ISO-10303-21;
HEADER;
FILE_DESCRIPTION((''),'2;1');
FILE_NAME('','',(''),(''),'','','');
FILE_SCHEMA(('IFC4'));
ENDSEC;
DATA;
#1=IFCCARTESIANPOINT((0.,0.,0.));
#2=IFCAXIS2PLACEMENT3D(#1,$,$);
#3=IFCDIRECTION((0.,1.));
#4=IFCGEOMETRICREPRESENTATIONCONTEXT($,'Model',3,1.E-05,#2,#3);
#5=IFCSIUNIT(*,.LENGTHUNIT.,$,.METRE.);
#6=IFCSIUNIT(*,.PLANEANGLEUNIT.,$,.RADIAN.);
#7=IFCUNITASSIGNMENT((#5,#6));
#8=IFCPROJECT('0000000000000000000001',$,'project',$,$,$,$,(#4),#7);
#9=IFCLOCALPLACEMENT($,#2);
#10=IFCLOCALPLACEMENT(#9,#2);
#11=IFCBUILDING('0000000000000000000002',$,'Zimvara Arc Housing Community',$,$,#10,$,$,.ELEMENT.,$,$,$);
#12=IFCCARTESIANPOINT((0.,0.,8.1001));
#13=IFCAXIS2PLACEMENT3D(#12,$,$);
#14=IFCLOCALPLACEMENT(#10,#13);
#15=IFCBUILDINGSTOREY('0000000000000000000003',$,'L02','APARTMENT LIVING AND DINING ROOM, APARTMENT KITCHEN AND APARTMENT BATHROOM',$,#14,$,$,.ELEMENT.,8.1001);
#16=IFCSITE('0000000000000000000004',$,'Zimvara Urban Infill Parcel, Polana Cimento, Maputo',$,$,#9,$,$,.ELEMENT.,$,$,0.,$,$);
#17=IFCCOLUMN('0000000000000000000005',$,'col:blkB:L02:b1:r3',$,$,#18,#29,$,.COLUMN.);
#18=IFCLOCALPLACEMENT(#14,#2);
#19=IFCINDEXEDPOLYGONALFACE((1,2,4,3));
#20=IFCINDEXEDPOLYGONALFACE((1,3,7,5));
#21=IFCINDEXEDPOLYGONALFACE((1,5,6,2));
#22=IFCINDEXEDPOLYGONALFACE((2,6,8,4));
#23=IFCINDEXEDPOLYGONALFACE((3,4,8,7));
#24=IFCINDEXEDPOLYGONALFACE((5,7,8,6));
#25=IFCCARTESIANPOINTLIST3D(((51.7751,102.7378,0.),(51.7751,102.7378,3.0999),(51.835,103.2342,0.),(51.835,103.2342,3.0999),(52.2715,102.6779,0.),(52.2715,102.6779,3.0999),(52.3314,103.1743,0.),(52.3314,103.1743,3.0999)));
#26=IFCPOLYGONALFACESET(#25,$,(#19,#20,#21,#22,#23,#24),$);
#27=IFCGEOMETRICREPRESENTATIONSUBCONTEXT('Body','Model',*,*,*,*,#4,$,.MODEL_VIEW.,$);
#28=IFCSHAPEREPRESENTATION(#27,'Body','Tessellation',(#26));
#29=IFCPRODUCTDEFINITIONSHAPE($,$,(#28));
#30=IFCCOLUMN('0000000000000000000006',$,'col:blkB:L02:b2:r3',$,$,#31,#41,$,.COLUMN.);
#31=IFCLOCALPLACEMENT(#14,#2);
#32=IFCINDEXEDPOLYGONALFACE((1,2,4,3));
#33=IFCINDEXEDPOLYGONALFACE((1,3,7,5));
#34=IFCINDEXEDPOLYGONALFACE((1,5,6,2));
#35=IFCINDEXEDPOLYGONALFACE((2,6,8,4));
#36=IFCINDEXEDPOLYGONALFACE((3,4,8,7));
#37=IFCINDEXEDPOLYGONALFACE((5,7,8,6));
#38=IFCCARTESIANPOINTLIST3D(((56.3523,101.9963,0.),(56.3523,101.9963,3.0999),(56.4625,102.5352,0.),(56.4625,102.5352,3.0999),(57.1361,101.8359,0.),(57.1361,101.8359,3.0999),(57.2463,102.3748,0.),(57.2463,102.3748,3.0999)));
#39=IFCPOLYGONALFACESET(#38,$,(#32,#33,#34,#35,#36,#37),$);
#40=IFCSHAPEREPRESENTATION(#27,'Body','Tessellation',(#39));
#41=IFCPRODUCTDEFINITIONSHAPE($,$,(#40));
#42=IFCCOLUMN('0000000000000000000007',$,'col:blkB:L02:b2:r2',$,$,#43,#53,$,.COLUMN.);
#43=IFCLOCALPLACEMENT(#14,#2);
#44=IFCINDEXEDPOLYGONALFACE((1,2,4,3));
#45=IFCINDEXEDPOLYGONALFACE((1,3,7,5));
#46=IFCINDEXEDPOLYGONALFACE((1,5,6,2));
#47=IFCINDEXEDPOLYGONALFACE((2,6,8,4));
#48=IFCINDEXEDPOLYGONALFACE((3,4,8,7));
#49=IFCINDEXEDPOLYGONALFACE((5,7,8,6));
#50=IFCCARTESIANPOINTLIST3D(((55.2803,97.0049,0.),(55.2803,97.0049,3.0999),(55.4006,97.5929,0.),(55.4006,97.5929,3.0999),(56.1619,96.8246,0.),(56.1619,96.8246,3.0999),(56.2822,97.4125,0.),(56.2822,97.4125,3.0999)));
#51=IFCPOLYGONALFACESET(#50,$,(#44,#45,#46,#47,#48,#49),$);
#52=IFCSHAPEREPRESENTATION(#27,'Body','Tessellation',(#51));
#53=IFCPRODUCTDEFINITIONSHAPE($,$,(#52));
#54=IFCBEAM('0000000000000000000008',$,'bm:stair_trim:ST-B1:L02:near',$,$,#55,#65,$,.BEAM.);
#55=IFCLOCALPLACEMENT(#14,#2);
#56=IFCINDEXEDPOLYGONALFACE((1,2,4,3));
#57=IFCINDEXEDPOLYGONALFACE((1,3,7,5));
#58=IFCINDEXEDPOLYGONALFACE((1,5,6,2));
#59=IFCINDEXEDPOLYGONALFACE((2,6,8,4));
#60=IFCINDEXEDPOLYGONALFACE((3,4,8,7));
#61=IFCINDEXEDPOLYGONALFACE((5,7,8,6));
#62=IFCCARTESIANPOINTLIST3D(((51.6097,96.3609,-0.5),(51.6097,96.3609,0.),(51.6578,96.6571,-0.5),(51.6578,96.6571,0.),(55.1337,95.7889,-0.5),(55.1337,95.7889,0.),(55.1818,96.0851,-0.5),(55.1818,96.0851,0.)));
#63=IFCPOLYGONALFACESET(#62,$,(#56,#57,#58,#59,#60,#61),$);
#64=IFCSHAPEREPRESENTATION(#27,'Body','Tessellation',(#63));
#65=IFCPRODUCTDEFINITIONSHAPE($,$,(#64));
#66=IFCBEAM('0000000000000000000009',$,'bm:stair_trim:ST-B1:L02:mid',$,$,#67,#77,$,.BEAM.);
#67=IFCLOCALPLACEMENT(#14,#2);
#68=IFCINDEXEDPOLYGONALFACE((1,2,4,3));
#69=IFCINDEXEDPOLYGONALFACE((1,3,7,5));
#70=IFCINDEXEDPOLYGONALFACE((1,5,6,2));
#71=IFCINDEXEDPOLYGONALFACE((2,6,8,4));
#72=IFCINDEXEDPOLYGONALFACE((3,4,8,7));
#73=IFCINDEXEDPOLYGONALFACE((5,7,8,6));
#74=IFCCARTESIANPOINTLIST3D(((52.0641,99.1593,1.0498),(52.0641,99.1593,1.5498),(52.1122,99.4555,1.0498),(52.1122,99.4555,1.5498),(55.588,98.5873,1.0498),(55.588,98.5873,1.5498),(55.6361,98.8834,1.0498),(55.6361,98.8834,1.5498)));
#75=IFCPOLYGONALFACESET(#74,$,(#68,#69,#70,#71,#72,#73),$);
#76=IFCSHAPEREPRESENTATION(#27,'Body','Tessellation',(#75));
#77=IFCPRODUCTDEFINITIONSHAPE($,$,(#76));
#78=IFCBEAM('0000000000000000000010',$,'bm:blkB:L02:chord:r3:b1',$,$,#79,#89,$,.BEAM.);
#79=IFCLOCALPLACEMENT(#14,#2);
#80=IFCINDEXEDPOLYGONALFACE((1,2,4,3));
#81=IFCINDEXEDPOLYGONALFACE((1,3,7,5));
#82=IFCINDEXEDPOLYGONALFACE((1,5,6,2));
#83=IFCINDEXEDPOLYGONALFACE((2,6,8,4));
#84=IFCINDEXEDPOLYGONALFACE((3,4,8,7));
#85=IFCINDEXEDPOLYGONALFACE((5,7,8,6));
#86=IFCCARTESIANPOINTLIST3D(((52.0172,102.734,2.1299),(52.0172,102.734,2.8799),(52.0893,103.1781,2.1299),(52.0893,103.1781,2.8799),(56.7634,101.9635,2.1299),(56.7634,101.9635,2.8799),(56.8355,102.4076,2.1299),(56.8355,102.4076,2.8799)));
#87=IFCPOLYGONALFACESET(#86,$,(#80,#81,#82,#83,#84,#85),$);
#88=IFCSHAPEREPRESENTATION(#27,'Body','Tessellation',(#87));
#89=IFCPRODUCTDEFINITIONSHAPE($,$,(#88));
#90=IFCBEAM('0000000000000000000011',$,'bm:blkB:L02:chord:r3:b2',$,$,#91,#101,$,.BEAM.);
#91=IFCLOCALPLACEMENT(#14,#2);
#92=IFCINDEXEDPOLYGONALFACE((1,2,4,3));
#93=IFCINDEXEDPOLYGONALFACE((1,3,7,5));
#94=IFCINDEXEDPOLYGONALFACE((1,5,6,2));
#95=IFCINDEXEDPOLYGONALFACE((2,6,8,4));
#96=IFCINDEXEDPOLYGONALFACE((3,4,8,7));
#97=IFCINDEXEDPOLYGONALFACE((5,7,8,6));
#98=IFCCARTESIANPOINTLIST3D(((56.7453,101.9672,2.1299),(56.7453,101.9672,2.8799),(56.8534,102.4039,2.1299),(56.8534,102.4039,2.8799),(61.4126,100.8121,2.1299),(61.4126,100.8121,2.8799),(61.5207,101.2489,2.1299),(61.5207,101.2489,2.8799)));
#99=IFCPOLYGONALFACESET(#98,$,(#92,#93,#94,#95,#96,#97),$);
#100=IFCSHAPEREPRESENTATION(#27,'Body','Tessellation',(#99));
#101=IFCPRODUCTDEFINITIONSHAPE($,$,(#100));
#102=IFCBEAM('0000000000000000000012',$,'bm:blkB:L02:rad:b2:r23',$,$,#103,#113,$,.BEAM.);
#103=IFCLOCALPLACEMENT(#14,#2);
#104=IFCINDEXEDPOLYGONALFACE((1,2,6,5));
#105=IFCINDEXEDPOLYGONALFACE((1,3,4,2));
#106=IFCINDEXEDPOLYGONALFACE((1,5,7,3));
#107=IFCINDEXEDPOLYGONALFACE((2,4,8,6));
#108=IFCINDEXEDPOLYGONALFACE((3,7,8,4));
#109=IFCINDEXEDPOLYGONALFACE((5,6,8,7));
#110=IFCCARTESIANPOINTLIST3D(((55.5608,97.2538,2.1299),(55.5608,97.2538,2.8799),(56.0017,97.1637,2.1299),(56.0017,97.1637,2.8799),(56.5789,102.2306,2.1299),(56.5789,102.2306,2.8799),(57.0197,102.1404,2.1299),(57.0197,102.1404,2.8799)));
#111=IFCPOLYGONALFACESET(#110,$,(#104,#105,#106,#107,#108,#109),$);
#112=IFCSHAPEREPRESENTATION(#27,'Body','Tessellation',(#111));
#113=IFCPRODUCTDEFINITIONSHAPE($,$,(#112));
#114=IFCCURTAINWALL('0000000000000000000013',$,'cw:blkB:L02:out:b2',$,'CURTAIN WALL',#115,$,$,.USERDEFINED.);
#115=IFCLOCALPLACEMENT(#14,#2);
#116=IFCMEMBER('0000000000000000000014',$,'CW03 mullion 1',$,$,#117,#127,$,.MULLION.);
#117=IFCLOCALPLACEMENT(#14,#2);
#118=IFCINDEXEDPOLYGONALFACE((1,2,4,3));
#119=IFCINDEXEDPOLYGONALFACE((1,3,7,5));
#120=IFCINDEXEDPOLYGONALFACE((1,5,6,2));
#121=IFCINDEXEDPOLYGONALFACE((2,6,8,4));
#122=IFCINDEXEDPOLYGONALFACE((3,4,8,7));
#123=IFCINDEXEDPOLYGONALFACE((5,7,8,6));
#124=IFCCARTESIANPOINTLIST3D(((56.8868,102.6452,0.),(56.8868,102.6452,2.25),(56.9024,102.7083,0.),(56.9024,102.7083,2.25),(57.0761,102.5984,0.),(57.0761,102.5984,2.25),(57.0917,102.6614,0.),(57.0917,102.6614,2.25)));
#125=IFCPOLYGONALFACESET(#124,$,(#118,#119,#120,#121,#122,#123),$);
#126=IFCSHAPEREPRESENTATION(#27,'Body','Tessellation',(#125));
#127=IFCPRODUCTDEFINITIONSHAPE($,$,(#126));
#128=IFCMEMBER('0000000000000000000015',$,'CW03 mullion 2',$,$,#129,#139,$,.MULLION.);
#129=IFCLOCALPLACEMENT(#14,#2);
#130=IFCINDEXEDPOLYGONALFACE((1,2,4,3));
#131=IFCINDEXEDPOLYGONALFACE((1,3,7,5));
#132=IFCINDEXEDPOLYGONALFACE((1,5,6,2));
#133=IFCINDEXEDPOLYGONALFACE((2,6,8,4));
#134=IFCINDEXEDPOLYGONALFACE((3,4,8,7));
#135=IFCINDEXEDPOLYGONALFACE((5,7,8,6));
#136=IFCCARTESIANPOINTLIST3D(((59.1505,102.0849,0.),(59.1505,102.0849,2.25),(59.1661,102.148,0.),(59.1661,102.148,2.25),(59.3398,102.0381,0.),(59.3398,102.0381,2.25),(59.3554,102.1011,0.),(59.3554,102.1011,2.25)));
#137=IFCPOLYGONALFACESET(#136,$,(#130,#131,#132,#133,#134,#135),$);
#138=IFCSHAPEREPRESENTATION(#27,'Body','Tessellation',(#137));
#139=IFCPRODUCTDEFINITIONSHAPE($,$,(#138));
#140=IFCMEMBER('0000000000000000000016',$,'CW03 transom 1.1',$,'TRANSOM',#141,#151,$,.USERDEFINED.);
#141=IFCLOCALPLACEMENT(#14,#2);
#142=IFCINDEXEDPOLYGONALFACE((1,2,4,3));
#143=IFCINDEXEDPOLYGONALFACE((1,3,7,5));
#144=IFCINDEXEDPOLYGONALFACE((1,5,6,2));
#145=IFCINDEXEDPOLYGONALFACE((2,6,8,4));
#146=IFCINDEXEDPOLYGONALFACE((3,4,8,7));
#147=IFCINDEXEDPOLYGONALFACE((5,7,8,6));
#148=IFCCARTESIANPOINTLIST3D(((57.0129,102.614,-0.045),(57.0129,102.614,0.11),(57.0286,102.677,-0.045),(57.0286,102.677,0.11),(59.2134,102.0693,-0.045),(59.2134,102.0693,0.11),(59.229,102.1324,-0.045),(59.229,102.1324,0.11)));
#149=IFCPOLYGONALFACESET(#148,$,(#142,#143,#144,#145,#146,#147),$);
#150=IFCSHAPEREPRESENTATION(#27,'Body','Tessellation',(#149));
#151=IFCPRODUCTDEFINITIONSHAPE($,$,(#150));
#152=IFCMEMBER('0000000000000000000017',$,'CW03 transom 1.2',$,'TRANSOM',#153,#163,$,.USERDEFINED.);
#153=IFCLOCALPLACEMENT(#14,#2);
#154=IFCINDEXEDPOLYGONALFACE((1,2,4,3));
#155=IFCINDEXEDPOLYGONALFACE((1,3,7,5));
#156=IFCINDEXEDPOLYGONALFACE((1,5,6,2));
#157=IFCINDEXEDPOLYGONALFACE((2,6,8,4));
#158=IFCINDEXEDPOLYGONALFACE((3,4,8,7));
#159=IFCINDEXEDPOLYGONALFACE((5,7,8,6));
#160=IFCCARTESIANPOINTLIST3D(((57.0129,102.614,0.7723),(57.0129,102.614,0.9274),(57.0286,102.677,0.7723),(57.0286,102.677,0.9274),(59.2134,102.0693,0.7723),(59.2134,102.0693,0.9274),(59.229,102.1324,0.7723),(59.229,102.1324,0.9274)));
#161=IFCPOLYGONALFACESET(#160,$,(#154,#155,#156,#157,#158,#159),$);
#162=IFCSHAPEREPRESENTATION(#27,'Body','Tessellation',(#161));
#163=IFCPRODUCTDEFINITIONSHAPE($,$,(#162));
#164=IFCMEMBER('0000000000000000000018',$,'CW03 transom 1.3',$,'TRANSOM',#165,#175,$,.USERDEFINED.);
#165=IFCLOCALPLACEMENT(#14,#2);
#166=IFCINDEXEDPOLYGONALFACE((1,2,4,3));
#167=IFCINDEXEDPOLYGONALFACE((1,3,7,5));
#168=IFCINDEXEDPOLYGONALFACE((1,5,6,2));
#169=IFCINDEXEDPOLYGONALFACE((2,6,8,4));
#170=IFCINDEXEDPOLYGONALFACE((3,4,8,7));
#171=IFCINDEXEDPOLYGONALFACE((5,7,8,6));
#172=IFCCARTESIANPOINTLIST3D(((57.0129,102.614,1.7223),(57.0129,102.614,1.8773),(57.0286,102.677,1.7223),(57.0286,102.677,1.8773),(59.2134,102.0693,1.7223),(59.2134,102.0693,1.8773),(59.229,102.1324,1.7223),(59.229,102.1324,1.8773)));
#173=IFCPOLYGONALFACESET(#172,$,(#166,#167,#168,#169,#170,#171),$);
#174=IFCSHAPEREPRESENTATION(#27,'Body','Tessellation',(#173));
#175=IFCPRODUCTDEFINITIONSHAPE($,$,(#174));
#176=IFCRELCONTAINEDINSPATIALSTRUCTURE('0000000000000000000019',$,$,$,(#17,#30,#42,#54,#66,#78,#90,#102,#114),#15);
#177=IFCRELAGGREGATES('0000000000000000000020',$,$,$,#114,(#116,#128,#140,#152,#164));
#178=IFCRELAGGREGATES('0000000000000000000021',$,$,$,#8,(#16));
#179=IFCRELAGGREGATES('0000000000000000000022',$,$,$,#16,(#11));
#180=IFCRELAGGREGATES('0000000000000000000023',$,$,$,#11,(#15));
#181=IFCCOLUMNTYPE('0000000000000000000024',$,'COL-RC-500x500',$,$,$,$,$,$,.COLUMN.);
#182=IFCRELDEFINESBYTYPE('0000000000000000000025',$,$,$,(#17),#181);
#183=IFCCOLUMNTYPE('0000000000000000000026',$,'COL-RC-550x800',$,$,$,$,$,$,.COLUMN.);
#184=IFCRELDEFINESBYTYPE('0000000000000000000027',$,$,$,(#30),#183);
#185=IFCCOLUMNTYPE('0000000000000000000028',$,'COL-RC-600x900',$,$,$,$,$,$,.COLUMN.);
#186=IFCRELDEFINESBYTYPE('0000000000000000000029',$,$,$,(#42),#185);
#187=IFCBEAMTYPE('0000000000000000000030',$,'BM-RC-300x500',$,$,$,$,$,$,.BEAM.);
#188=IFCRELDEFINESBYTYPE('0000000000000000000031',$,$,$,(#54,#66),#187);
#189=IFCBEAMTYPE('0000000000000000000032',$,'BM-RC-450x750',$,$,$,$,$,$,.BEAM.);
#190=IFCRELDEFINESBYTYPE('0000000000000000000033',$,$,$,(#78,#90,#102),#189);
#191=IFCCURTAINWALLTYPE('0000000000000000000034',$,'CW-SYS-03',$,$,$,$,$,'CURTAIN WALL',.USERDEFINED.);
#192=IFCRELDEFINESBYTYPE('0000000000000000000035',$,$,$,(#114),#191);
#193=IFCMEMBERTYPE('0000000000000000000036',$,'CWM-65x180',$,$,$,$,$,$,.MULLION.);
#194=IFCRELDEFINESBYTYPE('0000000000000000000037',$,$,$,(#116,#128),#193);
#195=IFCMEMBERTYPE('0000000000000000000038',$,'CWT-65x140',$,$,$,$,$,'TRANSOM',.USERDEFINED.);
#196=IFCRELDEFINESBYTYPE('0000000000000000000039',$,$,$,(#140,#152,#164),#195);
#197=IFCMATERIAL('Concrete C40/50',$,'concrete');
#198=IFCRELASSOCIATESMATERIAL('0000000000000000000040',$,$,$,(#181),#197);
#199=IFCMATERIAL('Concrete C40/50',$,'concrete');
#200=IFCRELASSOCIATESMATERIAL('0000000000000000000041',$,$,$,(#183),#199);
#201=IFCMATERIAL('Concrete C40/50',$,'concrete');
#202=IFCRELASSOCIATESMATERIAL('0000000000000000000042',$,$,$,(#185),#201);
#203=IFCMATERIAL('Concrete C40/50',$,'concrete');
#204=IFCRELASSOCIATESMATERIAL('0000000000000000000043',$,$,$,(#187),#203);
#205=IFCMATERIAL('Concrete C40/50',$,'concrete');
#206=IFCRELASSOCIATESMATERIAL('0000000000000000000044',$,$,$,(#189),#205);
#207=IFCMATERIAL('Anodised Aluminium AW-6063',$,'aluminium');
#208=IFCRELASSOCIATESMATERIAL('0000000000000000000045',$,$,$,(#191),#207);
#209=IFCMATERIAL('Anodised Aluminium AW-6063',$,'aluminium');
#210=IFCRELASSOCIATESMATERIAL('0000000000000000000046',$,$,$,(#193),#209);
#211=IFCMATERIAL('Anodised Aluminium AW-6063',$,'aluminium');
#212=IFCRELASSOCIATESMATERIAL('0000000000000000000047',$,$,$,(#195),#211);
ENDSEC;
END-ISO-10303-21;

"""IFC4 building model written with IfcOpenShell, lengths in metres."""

from ifc_helpers import new_model, si_unit, direction, frame, origin, origin_2d, place, context, subcontext, project, spatial, rectangle, extrude, material, material_profile, profile_set, type_object, element, aggregate, save


model = new_model("IFC4")

# Units and contexts
model_context = context("Model", 3, precision=1e-05, world=origin(), true_north=direction((0.0, 1.0)))
body_context = subcontext(model_context, "Body", "Model", "MODEL_VIEW")
ifc_project = project(units=[si_unit("LENGTHUNIT", "METRE"), si_unit("PLANEANGLEUNIT", "RADIAN")], contexts=[model_context])

# Site, building, storey
site_placement = place(None, origin())
site = spatial("IfcSite", under=ifc_project, at=site_placement, Name="Zimvara Urban Infill Parcel, Polana Cimento, Maputo", CompositionType="ELEMENT", RefElevation=0.0)
building_placement = place(site_placement, origin())
building = spatial("IfcBuilding", under=site, at=building_placement, Name="Zimvara Arc Housing Community", CompositionType="ELEMENT")
storey_placement = place(building_placement, frame((0.0, 0.0, 8.1001)))
storey = spatial("IfcBuildingStorey", under=building, at=storey_placement, Name="L02", Description="APARTMENT LIVING AND DINING ROOM, APARTMENT KITCHEN AND APARTMENT BATHROOM", CompositionType="ELEMENT", Elevation=8.1001)

# Columns
ifc_material_1 = material(Name="Concrete C40/50", Category="concrete")
ifc_material_profile_1 = material_profile(ifc_material_1, rectangle(XDim=0.5, YDim=0.5, at=origin_2d()), Name="RC 500x500")
ifc_profile_set_1 = profile_set([ifc_material_profile_1], Name="Concrete C40/50")
column_type_1 = type_object("IfcColumnType", Name="COL-RC-500x500", PredefinedType="COLUMN", material=ifc_profile_set_1)
column_1_placement = place(storey_placement, frame((52.0532, 102.9561, 0.0), z_axis=(0.0, 0.0, 1.0), x_axis=(0.11979, 0.992799, 0.0)))
element("IfcColumn", 1, at=column_1_placement, inside=storey, type_object=column_type_1, Name="col:blkB:L02:b1:r3", PredefinedType="COLUMN", context=body_context, shape_type="SweptSolid", body=[
    extrude(rectangle(XDim=0.5, YDim=0.5, at=origin_2d()), origin(), (0.0, 0.0, 1.0), 3.0999),
])
ifc_material_2 = material(Name="Concrete C40/50", Category="concrete")
ifc_material_profile_2 = material_profile(ifc_material_2, rectangle(XDim=0.55, YDim=0.8, at=origin_2d()), Name="RC 550x800")
ifc_profile_set_2 = profile_set([ifc_material_profile_2], Name="Concrete C40/50")
column_type_2 = type_object("IfcColumnType", Name="COL-RC-550x800", PredefinedType="COLUMN", material=ifc_profile_set_2)
column_2_placement = place(storey_placement, frame((56.7993, 102.1855, 0.0), z_axis=(0.0, 0.0, 1.0), x_axis=(0.200394, 0.979715, 0.0)))
element("IfcColumn", 2, at=column_2_placement, inside=storey, type_object=column_type_2, Name="col:blkB:L02:b2:r3", PredefinedType="COLUMN", context=body_context, shape_type="SweptSolid", body=[
    extrude(rectangle(XDim=0.55, YDim=0.8, at=origin_2d()), origin(), (0.0, 0.0, 1.0), 3.0999),
])
ifc_material_3 = material(Name="Concrete C40/50", Category="concrete")
ifc_material_profile_3 = material_profile(ifc_material_3, rectangle(XDim=0.6001, YDim=0.8999, at=origin_2d()), Name="RC 600x900")
ifc_profile_set_3 = profile_set([ifc_material_profile_3], Name="Concrete C40/50")
column_type_3 = type_object("IfcColumnType", Name="COL-RC-600x900", PredefinedType="COLUMN", material=ifc_profile_set_3)
column_3_placement = place(storey_placement, frame((55.7812, 97.2087, 0.0), z_axis=(0.0, 0.0, 1.0), x_axis=(0.200394, 0.979715, 0.0)))
element("IfcColumn", 3, at=column_3_placement, inside=storey, type_object=column_type_3, Name="col:blkB:L02:b2:r2", PredefinedType="COLUMN", context=body_context, shape_type="SweptSolid", body=[
    extrude(rectangle(XDim=0.6001, YDim=0.8999, at=origin_2d()), origin(), (0.0, 0.0, 1.0), 3.0999),
])

# Beams
ifc_material_4 = material(Name="Concrete C40/50", Category="concrete")
ifc_material_profile_4 = material_profile(ifc_material_4, rectangle(XDim=0.3, YDim=0.5, at=origin_2d()), Name="RC 300x500")
ifc_profile_set_4 = profile_set([ifc_material_profile_4], Name="Concrete C40/50")
beam_type_1 = type_object("IfcBeamType", Name="BM-RC-300x500", PredefinedType="BEAM", material=ifc_profile_set_4)
for number, where, z_axis, x_axis, name in (
    (4, (55.1577, 95.937, -0.25), (-0.98708, 0.160228, 0.0), (-0.160228, -0.98708, 0.0), "bm:stair_trim:ST-B1:L02:near"),
    (5, (55.6121, 98.7354, 1.2998), (-0.98708, 0.160228, 0.0), (-0.160228, -0.98708, 0.0), "bm:stair_trim:ST-B1:L02:mid"),
):
    element("IfcBeam", number, at=place(storey_placement, frame(where, z_axis=z_axis, x_axis=x_axis)), inside=storey, type_object=beam_type_1, Name=name, PredefinedType="BEAM", context=body_context, shape_type="SweptSolid", body=[
        extrude(rectangle(XDim=0.3, YDim=0.5, at=origin_2d()), origin(), (0.0, 0.0, 1.0), 3.5701),
    ])
ifc_material_5 = material(Name="Concrete C40/50", Category="concrete")
ifc_material_profile_5 = material_profile(ifc_material_5, rectangle(XDim=0.45, YDim=0.75, at=origin_2d()), Name="RC 450x750")
ifc_profile_set_5 = profile_set([ifc_material_profile_5], Name="Concrete C40/50")
beam_type_2 = type_object("IfcBeamType", Name="BM-RC-450x750", PredefinedType="BEAM", material=ifc_profile_set_5)
beam_1_placement = place(storey_placement, frame((52.0532, 102.9561, 2.5049), z_axis=(0.987077, -0.160248, 0.0), x_axis=(0.160248, 0.987077, 0.0)))
element("IfcBeam", 6, at=beam_1_placement, inside=storey, type_object=beam_type_2, Name="bm:blkB:L02:chord:r3:b1", PredefinedType="BEAM", context=body_context, shape_type="SweptSolid", body=[
    extrude(rectangle(XDim=0.45, YDim=0.75, at=origin_2d()), origin(), (0.0, 0.0, 1.0), 4.8083),
])
beam_2_placement = place(storey_placement, frame((56.7993, 102.1855, 2.5049), z_axis=(0.970716, -0.240229, 0.0), x_axis=(0.240229, 0.970716, 0.0)))
element("IfcBeam", 7, at=beam_2_placement, inside=storey, type_object=beam_type_2, Name="bm:blkB:L02:chord:r3:b2", PredefinedType="BEAM", context=body_context, shape_type="SweptSolid", body=[
    extrude(rectangle(XDim=0.45, YDim=0.75, at=origin_2d()), origin(), (0.0, 0.0, 1.0), 4.8081),
])
beam_3_placement = place(storey_placement, frame((55.7812, 97.2087, 2.5049), z_axis=(0.200412, 0.979712, 0.0), x_axis=(-0.979712, 0.200412, 0.0)))
element("IfcBeam", 8, at=beam_3_placement, inside=storey, type_object=beam_type_2, Name="bm:blkB:L02:rad:b2:r23", PredefinedType="BEAM", context=body_context, shape_type="SweptSolid", body=[
    extrude(rectangle(XDim=0.45, YDim=0.75, at=origin_2d()), origin(), (0.0, 0.0, 1.0), 5.0798),
])

# Curtain wall, members
ifc_material_6 = material(Name="Anodised Aluminium AW-6063", Category="aluminium")
curtain_wall_type = type_object("IfcCurtainWallType", Name="CW-SYS-03", ElementType="CURTAIN WALL", PredefinedType="USERDEFINED", material=ifc_material_6)
curtain_wall_placement = place(storey_placement, origin())
curtain_wall = element("IfcCurtainWall", 9, at=curtain_wall_placement, inside=storey, type_object=curtain_wall_type, Name="cw:blkB:L02:out:b2", ObjectType="CURTAIN WALL", PredefinedType="USERDEFINED")
ifc_material_7 = material(Name="Anodised Aluminium AW-6063", Category="aluminium")
ifc_material_profile_6 = material_profile(ifc_material_7, rectangle(XDim=0.0649, YDim=0.1951, at=origin_2d()), Name="ALU 65x195")
ifc_profile_set_6 = profile_set([ifc_material_profile_6], Name="Anodised Aluminium AW-6063")
member_type_1 = type_object("IfcMemberType", Name="CWM-65x180", PredefinedType="MULLION", material=ifc_profile_set_6)
member_1_placement = place(storey_placement, frame((56.9893, 102.6533, 0.0), z_axis=(0.0, 0.0, 1.0), x_axis=(0.24023, 0.970716, 0.0)))
member_1 = element("IfcMember", 10, at=member_1_placement, type_object=member_type_1, Name="CW03 mullion 1", PredefinedType="MULLION", context=body_context, shape_type="SweptSolid", body=[
    extrude(rectangle(XDim=0.0649, YDim=0.1951, at=origin_2d()), origin(), (0.0, 0.0, 1.0), 2.25),
])
member_2_placement = place(storey_placement, frame((59.2529, 102.093, 0.0), z_axis=(0.0, 0.0, 1.0), x_axis=(0.24023, 0.970716, 0.0)))
member_2 = element("IfcMember", 11, at=member_2_placement, type_object=member_type_1, Name="CW03 mullion 2", PredefinedType="MULLION", context=body_context, shape_type="SweptSolid", body=[
    extrude(rectangle(XDim=0.0649, YDim=0.1951, at=origin_2d()), origin(), (0.0, 0.0, 1.0), 2.25),
])
ifc_material_8 = material(Name="Anodised Aluminium AW-6063", Category="aluminium")
ifc_material_profile_7 = material_profile(ifc_material_8, rectangle(XDim=0.0649, YDim=0.155, at=origin_2d()), Name="ALU 65x155")
ifc_profile_set_7 = profile_set([ifc_material_profile_7], Name="Anodised Aluminium AW-6063")
member_type_2 = type_object("IfcMemberType", Name="CWT-65x140", ElementType="TRANSOM", PredefinedType="USERDEFINED", material=ifc_profile_set_7)
member_3_placement = place(storey_placement, frame((57.0208, 102.6455, 0.0325), z_axis=(0.970704, -0.24028, 0.0), x_axis=(0.24028, 0.970704, 0.0)))
member_3 = element("IfcMember", 12, at=member_3_placement, type_object=member_type_2, Name="CW03 transom 1.1", ObjectType="TRANSOM", PredefinedType="USERDEFINED", context=body_context, shape_type="SweptSolid", body=[
    extrude(rectangle(XDim=0.0649, YDim=0.155, at=origin_2d()), origin(), (0.0, 0.0, 1.0), 2.2668),
])
member_4_placement = place(storey_placement, frame((57.0208, 102.6455, 0.8499), z_axis=(0.970704, -0.24028, 0.0), x_axis=(0.24028, 0.970704, 0.0)))
member_4 = element("IfcMember", 13, at=member_4_placement, type_object=member_type_2, Name="CW03 transom 1.2", ObjectType="TRANSOM", PredefinedType="USERDEFINED", context=body_context, shape_type="SweptSolid", body=[
    extrude(rectangle(XDim=0.0649, YDim=0.155, at=origin_2d()), origin(), (0.0, 0.0, 1.0), 2.2668),
])
member_5_placement = place(storey_placement, frame((57.0208, 102.6455, 1.7998), z_axis=(0.970704, -0.24028, 0.0), x_axis=(0.24028, 0.970704, 0.0)))
member_5 = element("IfcMember", 14, at=member_5_placement, type_object=member_type_2, Name="CW03 transom 1.3", ObjectType="TRANSOM", PredefinedType="USERDEFINED", context=body_context, shape_type="SweptSolid", body=[
    extrude(rectangle(XDim=0.0649, YDim=0.155, at=origin_2d()), origin(), (0.0, 0.0, 1.0), 2.2668),
])
aggregate(curtain_wall, [member_1, member_2, member_3, member_4, member_5])

save(model, "model.ifc")
